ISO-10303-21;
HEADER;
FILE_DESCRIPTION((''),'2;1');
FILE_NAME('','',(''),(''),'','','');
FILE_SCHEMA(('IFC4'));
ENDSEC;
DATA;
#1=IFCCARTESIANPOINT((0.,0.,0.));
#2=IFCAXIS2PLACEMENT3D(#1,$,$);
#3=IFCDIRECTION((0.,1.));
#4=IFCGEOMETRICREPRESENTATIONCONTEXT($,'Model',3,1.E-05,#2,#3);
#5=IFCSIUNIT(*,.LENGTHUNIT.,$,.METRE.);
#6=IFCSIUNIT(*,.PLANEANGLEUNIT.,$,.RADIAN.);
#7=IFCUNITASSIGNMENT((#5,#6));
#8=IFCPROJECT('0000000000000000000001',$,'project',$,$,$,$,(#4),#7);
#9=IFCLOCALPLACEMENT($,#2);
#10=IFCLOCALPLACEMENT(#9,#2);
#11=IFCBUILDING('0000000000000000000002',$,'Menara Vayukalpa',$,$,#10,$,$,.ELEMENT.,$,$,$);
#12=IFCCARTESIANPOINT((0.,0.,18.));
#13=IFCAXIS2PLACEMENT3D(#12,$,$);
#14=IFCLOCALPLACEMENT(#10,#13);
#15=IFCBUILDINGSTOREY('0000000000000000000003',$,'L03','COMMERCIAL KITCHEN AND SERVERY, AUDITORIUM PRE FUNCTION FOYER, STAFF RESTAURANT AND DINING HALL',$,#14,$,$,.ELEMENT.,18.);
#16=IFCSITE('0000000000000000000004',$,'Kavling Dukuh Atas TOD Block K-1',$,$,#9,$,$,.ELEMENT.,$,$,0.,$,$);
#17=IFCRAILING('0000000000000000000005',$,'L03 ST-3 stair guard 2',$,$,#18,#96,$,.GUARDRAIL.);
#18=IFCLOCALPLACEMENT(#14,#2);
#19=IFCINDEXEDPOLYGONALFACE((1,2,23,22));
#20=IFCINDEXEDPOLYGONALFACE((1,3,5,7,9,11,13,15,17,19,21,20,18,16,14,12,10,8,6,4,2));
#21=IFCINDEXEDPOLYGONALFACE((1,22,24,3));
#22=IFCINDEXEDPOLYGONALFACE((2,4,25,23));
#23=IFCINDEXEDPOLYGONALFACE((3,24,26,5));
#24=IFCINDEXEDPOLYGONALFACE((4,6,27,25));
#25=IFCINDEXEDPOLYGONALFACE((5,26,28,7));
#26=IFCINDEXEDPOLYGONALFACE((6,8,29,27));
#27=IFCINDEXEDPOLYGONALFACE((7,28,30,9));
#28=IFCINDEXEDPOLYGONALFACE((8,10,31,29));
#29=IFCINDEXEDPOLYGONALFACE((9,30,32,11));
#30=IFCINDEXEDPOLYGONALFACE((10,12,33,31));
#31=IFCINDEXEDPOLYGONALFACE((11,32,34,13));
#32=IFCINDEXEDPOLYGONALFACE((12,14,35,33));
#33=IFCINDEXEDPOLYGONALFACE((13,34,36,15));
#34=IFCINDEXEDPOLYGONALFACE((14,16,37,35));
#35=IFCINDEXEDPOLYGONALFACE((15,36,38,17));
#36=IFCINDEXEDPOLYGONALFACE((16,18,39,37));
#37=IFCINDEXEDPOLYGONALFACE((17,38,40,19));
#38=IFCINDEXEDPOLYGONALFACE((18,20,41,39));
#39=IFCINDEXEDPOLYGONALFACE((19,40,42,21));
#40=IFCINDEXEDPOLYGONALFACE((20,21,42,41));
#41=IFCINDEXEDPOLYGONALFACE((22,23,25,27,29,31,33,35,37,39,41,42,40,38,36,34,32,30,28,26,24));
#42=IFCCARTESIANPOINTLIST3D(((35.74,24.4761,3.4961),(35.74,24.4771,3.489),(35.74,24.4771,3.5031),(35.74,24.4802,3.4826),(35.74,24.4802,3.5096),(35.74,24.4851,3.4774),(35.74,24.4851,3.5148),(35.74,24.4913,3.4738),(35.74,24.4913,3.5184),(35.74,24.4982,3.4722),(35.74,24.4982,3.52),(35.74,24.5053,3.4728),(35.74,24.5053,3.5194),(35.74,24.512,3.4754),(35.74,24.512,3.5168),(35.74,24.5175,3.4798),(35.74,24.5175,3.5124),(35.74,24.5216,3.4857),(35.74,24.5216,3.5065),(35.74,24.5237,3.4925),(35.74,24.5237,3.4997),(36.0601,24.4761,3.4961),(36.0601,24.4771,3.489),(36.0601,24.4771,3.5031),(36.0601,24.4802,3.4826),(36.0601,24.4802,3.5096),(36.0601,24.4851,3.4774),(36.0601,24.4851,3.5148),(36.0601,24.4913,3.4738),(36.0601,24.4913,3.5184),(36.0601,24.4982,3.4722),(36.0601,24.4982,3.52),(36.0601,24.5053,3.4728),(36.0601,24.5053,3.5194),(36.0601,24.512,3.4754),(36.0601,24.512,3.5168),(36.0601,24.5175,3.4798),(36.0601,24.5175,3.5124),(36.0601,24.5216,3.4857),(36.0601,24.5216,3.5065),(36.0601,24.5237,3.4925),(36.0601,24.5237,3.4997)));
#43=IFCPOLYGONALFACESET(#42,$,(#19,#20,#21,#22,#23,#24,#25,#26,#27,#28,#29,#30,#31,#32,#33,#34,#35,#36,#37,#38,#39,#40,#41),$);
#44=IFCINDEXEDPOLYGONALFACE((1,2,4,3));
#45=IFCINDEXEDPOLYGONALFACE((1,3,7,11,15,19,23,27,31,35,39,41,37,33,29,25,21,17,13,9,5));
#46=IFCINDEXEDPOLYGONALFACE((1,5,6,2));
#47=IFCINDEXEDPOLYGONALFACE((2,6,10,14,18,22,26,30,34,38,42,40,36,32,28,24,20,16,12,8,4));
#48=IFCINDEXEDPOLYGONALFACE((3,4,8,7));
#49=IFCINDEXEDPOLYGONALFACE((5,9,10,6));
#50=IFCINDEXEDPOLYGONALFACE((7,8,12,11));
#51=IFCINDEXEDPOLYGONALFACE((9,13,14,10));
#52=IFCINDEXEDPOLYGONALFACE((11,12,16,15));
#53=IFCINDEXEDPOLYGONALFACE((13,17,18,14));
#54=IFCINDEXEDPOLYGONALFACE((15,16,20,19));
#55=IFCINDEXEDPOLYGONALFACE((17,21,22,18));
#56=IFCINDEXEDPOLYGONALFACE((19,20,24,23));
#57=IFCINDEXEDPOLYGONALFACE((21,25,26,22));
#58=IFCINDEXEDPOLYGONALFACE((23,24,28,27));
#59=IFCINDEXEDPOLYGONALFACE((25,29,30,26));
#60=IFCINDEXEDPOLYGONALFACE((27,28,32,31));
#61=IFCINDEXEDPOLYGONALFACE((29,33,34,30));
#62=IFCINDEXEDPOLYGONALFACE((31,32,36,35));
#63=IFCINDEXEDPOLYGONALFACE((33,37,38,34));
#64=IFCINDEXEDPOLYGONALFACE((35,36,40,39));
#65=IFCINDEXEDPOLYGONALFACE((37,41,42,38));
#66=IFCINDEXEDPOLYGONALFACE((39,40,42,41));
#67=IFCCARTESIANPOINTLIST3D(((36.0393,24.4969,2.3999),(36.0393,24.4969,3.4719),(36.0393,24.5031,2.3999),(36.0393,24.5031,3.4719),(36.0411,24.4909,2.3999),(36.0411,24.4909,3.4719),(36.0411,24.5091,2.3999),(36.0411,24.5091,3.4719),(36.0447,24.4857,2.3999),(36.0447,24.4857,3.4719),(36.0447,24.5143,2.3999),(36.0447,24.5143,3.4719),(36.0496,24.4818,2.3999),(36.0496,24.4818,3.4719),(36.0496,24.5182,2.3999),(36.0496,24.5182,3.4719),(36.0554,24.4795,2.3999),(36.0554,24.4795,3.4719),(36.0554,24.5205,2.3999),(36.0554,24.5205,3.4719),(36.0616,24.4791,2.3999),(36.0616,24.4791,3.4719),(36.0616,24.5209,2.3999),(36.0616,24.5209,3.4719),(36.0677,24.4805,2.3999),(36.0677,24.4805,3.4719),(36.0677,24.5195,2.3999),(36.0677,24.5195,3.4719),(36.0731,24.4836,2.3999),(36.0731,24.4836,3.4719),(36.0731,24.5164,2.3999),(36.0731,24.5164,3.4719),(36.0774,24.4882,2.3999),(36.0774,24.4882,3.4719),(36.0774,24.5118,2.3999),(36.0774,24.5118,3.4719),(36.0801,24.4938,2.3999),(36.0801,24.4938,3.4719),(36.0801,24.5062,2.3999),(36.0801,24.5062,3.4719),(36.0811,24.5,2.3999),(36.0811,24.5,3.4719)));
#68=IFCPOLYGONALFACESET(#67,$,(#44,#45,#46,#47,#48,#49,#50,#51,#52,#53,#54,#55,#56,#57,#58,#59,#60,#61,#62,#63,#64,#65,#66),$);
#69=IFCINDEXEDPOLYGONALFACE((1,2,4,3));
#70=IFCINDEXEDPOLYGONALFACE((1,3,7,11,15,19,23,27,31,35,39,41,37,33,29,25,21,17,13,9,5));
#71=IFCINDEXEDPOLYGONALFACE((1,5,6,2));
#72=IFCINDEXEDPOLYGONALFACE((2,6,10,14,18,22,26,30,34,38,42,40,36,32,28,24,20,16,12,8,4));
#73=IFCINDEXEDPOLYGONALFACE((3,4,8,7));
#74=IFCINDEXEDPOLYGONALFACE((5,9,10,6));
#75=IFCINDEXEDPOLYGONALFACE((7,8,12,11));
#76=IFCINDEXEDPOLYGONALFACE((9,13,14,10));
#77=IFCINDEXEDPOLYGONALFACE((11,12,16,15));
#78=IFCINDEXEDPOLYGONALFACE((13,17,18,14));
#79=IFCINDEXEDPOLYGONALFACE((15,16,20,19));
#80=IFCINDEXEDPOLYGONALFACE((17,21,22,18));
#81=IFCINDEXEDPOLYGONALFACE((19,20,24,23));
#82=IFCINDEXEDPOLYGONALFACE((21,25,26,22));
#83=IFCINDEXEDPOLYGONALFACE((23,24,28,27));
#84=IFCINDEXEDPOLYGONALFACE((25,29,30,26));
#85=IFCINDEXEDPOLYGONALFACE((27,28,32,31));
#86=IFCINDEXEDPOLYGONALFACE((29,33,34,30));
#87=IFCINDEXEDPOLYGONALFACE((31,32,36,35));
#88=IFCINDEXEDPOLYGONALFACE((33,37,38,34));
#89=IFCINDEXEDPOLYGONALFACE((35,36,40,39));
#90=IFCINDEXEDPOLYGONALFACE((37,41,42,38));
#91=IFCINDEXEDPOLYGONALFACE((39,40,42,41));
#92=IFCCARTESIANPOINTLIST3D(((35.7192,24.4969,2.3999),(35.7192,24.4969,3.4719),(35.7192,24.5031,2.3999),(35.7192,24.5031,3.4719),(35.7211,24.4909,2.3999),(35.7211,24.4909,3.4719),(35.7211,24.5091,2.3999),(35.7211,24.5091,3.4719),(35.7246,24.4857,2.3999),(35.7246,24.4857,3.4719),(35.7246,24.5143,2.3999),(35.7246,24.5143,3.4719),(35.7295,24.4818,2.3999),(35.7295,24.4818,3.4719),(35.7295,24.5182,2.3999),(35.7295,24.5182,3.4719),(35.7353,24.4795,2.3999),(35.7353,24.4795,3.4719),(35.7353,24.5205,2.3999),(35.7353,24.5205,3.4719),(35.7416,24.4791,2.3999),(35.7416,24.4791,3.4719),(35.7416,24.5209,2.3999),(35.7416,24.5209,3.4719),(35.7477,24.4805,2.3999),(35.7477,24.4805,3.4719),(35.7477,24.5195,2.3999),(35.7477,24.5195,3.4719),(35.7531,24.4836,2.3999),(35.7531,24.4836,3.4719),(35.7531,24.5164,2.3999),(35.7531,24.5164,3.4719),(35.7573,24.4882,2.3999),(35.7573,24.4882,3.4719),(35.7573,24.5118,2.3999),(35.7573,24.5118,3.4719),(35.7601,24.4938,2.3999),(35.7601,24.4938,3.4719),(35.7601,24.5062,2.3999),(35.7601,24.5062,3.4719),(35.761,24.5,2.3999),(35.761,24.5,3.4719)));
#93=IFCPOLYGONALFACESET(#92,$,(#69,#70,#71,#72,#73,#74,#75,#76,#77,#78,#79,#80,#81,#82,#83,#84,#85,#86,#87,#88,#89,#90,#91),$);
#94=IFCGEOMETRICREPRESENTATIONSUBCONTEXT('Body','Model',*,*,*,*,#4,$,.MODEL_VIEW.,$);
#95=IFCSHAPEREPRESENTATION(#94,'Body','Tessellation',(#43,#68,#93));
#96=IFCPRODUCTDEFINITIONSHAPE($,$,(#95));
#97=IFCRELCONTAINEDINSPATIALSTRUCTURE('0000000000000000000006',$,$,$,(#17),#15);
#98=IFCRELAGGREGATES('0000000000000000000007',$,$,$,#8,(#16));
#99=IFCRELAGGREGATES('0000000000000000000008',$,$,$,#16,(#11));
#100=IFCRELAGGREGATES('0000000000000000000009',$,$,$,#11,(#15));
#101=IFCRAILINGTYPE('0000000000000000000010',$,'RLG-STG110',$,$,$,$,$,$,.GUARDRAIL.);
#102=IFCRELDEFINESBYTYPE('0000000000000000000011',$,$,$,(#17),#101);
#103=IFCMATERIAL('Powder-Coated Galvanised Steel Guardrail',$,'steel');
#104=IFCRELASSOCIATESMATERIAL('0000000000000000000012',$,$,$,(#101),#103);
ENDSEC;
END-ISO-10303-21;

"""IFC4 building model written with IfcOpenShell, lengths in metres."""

from ifc_helpers import new_model, si_unit, direction, frame, origin, origin_2d, place, context, subcontext, project, spatial, circle, extrude, material, type_object, element, save


model = new_model("IFC4")

# Units and contexts
model_context = context("Model", 3, precision=1e-05, world=origin(), true_north=direction((0.0, 1.0)))
body_context = subcontext(model_context, "Body", "Model", "MODEL_VIEW")
ifc_project = project(units=[si_unit("LENGTHUNIT", "METRE"), si_unit("PLANEANGLEUNIT", "RADIAN")], contexts=[model_context])

# Site, building, storey
site_placement = place(None, origin())
site = spatial("IfcSite", under=ifc_project, at=site_placement, Name="Kavling Dukuh Atas TOD Block K-1", CompositionType="ELEMENT", RefElevation=0.0)
building_placement = place(site_placement, origin())
building = spatial("IfcBuilding", under=site, at=building_placement, Name="Menara Vayukalpa", CompositionType="ELEMENT")
storey_placement = place(building_placement, frame((0.0, 0.0, 18.0)))
storey = spatial("IfcBuildingStorey", under=building, at=storey_placement, Name="L03", Description="COMMERCIAL KITCHEN AND SERVERY, AUDITORIUM PRE FUNCTION FOYER, STAFF RESTAURANT AND DINING HALL", CompositionType="ELEMENT", Elevation=18.0)

# Railing
ifc_material_1 = material(Name="Powder-Coated Galvanised Steel Guardrail", Category="steel")
railing_type_1 = type_object("IfcRailingType", Name="RLG-STG110", PredefinedType="GUARDRAIL", material=ifc_material_1)
railing_1_placement = place(storey_placement, frame((36.0601, 24.5, 2.3999)))
element("IfcRailing", 1, at=railing_1_placement, inside=storey, type_object=railing_type_1, Name="L03 ST-3 stair guard 2", PredefinedType="GUARDRAIL", context=body_context, shape_type="SweptSolid", body=[
    extrude(circle(Radius=0.0239, at=origin_2d()), frame((0.0, 0.0, 1.0962), z_axis=(-1.0, 0.0, 0.0), x_axis=(0.0, -1.0, 0.0)), (0.0, 0.0, 1.0), 0.3201),
    extrude(circle(Radius=0.021, at=origin_2d()), origin(), (0.0, 0.0, 1.0), 1.072),
    extrude(circle(Radius=0.021, at=origin_2d()), frame((-0.3201, 0.0, 0.0)), (0.0, 0.0, 1.0), 1.072),
])

save(model, "model.ifc")
